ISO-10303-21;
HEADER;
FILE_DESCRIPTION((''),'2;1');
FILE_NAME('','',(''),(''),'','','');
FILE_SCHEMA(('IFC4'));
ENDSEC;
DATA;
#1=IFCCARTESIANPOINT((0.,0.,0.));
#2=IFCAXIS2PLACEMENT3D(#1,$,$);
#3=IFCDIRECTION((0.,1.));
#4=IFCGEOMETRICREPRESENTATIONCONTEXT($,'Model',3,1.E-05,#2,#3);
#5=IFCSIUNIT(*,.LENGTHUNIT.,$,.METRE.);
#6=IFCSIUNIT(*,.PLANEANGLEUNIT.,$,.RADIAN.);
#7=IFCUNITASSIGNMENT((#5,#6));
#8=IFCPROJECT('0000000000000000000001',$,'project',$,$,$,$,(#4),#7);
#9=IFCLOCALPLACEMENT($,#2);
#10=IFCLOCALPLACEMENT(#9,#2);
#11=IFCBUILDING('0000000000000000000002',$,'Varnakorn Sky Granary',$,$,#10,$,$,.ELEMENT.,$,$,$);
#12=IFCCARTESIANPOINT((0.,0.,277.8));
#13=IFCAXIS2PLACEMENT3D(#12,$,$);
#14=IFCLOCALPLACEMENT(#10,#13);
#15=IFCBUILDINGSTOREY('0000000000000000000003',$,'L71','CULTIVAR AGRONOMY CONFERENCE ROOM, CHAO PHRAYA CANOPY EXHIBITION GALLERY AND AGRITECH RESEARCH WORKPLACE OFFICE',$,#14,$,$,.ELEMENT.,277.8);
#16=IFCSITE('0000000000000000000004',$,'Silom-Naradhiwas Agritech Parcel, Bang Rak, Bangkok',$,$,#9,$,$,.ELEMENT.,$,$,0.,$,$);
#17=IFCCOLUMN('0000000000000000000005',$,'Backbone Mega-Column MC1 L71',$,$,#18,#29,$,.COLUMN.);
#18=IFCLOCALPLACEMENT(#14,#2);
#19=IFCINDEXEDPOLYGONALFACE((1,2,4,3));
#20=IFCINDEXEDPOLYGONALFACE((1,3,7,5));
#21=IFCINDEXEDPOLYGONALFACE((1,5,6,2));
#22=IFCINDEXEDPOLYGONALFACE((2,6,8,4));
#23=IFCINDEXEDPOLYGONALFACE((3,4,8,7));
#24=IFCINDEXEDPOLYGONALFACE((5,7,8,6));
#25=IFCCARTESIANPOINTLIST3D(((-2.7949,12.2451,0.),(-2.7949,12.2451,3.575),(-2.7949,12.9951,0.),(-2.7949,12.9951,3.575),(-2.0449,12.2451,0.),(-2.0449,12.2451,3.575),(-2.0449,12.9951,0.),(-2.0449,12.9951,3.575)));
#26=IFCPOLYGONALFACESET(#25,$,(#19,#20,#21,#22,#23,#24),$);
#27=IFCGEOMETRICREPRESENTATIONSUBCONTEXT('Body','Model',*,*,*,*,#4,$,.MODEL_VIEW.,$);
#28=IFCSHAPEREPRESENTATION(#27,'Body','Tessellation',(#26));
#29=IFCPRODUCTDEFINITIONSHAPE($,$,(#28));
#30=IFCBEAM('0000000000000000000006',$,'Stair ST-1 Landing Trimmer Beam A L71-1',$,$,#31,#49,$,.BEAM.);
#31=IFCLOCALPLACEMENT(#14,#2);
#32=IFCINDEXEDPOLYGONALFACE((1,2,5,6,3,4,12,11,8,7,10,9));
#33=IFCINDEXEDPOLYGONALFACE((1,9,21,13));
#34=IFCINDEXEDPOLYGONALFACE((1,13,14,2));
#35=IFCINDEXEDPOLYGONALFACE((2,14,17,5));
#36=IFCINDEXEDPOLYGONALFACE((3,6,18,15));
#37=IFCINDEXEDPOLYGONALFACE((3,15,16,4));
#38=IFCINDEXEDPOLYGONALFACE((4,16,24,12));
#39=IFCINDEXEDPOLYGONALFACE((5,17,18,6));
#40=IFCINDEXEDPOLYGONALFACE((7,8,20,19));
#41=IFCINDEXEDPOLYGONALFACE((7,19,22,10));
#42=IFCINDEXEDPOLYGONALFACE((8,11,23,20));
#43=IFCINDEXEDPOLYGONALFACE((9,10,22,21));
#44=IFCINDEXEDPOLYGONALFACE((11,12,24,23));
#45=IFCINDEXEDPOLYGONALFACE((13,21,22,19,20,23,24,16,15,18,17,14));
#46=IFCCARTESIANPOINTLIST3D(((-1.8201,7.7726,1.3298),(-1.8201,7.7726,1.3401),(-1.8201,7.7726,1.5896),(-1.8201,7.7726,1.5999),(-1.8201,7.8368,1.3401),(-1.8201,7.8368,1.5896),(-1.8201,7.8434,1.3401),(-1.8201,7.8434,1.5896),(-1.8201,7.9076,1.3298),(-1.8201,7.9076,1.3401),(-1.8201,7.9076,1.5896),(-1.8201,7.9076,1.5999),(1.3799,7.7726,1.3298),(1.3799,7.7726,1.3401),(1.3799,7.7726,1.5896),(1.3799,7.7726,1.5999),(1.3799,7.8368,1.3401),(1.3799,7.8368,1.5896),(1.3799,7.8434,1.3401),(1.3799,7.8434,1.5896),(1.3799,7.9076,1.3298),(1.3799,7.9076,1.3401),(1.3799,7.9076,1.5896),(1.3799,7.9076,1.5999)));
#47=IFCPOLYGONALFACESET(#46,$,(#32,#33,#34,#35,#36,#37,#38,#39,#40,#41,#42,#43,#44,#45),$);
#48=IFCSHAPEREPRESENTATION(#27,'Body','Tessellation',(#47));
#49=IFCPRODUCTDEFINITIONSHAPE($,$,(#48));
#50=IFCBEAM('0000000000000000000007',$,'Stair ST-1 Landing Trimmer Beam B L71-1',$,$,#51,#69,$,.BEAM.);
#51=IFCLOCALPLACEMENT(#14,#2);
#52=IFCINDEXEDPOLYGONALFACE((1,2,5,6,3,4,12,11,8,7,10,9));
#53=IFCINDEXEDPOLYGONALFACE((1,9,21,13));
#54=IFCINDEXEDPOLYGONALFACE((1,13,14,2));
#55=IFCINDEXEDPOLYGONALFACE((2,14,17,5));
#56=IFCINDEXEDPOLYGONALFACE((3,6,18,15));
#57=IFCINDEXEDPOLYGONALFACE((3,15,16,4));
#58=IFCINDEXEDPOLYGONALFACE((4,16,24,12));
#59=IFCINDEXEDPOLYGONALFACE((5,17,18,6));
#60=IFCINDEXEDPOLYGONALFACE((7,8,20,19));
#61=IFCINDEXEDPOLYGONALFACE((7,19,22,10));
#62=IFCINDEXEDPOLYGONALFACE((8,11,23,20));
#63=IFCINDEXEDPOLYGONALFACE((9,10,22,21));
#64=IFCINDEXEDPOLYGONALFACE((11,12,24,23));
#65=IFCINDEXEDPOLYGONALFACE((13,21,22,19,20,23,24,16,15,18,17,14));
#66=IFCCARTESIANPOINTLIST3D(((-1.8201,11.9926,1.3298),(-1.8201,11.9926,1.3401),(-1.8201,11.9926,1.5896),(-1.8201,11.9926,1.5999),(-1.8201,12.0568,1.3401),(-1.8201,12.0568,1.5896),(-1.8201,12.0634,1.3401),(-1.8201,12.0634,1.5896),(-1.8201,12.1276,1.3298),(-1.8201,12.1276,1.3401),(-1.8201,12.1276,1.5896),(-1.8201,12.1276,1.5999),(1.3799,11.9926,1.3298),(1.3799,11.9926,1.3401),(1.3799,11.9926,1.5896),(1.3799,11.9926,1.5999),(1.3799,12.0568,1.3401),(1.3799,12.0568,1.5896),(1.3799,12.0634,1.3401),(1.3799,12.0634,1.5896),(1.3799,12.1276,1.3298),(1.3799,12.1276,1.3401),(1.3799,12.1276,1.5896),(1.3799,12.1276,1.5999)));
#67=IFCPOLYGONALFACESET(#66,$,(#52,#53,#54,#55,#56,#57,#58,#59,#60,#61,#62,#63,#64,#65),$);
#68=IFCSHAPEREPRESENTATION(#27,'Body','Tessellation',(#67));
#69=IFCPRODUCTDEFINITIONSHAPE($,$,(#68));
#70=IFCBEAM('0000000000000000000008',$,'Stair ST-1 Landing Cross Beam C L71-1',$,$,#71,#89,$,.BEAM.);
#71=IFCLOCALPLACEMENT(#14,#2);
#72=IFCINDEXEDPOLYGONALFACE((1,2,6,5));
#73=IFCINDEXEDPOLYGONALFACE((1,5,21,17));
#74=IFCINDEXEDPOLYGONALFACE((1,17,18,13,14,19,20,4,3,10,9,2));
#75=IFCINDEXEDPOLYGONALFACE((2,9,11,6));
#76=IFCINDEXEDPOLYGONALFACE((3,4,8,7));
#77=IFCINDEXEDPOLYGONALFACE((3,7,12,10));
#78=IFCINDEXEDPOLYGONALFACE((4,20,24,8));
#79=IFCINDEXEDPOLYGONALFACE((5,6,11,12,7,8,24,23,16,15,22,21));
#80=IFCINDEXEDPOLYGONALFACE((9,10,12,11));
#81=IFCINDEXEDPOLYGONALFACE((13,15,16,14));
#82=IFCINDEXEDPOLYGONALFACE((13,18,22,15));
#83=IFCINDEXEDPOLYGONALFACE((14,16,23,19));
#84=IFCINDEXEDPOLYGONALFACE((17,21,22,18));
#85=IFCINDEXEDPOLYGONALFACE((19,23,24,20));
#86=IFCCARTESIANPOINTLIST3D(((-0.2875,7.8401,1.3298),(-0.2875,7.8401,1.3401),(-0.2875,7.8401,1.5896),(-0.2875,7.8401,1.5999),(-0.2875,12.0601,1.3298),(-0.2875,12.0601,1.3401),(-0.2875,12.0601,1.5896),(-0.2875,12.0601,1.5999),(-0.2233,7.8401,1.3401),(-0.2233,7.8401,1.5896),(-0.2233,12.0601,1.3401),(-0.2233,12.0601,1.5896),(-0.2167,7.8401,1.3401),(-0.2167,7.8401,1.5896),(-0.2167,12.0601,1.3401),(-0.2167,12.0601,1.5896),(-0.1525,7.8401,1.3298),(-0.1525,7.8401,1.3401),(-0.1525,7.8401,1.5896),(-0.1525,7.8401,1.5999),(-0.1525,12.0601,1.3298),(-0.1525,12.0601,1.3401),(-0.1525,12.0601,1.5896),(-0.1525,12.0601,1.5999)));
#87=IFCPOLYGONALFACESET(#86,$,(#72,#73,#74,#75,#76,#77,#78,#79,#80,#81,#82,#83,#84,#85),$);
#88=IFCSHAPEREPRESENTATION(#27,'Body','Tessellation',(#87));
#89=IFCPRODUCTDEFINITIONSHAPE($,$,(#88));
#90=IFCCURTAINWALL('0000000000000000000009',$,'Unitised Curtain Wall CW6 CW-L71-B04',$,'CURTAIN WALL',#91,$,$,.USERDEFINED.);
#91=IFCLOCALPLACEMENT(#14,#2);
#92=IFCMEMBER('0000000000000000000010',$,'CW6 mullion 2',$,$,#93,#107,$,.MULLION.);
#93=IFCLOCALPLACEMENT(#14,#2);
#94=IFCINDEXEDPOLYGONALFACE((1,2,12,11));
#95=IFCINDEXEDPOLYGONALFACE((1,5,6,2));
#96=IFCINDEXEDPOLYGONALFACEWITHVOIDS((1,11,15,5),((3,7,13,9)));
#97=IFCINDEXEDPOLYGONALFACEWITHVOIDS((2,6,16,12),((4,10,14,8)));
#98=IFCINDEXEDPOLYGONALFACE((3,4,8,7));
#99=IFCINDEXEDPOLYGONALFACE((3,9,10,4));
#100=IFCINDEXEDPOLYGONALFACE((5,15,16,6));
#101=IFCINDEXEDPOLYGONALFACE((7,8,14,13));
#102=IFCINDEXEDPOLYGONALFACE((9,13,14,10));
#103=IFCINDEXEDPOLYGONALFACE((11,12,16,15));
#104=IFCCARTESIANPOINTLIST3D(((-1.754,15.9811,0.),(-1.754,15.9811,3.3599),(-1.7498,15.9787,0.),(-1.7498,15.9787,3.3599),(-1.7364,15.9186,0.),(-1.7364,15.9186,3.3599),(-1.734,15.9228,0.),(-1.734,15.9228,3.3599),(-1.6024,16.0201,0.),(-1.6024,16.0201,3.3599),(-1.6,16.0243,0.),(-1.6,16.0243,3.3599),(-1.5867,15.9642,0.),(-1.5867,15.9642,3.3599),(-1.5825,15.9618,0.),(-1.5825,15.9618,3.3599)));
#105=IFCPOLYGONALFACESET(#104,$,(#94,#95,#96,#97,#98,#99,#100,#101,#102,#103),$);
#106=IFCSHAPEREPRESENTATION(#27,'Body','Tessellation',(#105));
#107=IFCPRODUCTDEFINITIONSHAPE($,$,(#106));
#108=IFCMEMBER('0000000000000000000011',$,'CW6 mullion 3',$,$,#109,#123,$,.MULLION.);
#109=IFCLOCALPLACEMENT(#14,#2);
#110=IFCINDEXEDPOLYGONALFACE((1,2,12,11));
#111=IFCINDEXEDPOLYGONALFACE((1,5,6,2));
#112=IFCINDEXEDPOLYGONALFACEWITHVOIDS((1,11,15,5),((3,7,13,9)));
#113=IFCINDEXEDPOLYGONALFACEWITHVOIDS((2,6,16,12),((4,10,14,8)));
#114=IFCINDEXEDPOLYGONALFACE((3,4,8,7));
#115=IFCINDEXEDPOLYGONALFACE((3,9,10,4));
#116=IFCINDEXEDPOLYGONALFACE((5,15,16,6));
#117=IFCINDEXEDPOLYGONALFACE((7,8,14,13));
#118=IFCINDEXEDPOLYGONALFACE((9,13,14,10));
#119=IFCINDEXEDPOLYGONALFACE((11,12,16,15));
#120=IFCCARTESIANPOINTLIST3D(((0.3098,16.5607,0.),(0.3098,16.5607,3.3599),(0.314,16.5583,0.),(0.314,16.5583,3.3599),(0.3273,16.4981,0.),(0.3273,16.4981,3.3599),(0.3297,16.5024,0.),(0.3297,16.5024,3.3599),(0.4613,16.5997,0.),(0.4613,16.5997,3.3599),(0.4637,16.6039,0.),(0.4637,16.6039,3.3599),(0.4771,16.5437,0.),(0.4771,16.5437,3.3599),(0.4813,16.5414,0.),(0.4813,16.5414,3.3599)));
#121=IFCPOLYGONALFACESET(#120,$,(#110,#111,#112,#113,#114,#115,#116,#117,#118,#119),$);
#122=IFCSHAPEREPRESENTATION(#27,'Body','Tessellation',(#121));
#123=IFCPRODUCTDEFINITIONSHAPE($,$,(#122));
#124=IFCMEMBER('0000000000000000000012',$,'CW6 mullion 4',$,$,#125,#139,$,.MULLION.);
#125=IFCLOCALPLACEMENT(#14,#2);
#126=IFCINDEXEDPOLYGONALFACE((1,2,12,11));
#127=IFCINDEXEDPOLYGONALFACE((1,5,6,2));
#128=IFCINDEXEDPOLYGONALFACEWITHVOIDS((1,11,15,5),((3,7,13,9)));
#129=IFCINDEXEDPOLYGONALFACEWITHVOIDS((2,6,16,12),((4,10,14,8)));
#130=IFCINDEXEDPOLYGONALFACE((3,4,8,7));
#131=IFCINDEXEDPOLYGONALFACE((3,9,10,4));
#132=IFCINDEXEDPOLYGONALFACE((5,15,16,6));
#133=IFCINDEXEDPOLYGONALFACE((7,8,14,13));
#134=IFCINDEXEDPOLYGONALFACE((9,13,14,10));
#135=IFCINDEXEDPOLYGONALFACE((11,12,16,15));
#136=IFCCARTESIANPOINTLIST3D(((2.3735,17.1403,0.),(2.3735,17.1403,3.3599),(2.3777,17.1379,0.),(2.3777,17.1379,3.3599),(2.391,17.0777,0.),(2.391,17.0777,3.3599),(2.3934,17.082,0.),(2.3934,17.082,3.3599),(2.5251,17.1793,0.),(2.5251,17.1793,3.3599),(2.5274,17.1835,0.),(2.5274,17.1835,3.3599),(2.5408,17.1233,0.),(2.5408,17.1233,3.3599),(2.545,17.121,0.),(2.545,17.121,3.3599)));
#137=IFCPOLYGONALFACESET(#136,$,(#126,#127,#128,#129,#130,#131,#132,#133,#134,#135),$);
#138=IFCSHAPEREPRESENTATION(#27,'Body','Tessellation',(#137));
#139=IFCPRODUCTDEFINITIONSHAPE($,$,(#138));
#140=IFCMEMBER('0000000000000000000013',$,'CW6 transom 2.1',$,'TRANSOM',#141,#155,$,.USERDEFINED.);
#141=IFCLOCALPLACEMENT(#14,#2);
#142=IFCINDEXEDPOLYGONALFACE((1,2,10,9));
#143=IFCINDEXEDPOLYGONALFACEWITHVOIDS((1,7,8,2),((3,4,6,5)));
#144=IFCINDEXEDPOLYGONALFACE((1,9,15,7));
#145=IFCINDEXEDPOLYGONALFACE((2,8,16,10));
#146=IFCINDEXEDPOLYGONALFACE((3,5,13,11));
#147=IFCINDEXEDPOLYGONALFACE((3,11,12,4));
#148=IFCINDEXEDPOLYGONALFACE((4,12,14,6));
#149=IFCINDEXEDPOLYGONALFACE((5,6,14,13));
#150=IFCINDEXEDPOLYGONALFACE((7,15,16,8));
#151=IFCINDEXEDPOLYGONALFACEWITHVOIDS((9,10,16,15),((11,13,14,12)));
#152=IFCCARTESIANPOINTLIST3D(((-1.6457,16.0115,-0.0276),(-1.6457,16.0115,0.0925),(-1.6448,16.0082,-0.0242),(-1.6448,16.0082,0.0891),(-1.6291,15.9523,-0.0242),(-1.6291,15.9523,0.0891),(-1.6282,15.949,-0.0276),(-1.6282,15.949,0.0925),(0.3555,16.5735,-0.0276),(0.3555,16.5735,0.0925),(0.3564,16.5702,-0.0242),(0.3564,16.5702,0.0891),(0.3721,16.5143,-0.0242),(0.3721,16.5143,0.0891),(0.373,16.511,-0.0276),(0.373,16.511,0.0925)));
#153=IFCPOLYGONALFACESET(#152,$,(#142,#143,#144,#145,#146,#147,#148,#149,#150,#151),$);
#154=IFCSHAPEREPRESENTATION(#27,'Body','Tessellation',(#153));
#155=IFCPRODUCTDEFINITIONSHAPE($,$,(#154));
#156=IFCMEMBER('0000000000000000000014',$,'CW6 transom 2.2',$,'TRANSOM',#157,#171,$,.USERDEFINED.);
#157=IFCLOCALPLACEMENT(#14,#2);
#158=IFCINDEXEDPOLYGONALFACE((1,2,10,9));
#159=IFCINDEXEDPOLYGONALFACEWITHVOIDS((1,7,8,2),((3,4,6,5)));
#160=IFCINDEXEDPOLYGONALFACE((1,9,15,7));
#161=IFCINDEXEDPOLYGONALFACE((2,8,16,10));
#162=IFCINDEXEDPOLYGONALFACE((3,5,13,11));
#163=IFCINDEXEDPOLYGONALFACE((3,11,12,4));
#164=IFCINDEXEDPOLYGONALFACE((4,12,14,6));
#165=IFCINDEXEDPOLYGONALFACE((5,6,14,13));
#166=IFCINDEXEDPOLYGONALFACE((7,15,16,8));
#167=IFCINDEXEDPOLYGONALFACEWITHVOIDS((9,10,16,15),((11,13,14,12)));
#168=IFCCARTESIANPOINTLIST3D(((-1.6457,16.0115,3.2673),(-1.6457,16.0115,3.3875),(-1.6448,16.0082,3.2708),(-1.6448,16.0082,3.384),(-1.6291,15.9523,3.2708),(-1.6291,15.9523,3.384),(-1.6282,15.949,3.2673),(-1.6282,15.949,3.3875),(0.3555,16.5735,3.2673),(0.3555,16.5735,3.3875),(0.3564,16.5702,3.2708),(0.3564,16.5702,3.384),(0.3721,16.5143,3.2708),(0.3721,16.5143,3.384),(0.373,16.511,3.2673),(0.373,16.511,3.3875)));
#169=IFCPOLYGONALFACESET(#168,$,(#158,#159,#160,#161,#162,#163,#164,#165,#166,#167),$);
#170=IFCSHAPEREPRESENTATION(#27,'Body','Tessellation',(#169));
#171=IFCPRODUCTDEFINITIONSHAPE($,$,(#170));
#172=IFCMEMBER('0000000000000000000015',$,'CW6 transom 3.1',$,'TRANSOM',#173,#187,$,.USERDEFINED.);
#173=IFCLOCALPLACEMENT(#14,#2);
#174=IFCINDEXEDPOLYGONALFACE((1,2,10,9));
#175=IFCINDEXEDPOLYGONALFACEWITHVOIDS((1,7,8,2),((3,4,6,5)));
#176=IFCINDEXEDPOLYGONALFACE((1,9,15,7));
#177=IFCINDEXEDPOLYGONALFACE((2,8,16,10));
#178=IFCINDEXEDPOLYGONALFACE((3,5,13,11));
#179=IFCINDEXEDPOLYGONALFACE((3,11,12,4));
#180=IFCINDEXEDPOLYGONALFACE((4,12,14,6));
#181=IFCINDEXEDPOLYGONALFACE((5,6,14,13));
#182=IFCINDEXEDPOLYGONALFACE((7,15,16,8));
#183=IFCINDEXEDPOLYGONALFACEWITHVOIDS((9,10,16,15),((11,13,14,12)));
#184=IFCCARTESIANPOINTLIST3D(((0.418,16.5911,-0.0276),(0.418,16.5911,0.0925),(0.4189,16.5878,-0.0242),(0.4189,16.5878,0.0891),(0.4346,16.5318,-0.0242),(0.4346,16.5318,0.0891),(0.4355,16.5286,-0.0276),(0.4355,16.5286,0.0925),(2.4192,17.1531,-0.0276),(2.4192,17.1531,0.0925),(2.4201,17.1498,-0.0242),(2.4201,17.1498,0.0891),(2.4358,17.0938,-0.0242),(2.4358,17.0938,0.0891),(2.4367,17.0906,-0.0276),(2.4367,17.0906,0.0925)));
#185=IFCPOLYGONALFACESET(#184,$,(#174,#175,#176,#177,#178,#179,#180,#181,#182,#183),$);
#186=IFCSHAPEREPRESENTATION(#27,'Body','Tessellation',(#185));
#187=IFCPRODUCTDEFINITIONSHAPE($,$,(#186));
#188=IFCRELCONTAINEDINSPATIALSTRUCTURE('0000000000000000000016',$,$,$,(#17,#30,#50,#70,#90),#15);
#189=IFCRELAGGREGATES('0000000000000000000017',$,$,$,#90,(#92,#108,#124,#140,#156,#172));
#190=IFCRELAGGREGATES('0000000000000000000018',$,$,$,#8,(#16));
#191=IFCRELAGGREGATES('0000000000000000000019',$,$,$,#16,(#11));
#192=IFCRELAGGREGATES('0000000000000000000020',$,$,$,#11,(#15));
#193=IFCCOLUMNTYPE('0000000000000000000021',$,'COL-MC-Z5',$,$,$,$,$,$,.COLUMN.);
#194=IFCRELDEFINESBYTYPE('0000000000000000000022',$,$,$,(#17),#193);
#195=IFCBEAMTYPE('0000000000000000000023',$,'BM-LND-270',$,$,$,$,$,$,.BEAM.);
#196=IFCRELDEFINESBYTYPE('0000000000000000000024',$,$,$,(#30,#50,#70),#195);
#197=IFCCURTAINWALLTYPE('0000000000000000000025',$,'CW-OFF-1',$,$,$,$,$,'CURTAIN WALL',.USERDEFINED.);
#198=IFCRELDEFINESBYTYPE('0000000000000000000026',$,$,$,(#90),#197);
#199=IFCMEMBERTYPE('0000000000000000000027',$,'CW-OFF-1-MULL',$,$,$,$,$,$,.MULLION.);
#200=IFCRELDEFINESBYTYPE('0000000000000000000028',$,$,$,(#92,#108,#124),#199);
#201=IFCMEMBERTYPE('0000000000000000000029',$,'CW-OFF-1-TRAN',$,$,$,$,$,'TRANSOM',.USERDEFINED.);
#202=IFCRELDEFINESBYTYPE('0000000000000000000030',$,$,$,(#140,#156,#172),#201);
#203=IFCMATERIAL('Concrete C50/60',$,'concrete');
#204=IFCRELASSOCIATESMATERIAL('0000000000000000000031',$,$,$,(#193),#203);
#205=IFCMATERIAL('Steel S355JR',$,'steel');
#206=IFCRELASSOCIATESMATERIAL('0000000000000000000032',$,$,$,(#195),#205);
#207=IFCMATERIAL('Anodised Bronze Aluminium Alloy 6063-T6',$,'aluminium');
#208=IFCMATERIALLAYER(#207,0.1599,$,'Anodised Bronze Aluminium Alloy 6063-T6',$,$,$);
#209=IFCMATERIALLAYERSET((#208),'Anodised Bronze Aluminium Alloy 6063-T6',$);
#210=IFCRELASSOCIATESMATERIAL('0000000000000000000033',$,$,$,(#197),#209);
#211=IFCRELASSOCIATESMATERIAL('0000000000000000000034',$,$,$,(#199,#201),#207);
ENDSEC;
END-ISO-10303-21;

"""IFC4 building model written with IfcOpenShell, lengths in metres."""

from ifc_helpers import new_model, si_unit, direction, frame, origin, origin_2d, place, context, subcontext, project, spatial, rectangle, hollow_rectangle, i_section, extrude, material, layer, layer_set, material_profile, profile_set, type_object, element, aggregate, save


model = new_model("IFC4")

# Units and contexts
model_context = context("Model", 3, precision=1e-05, world=origin(), true_north=direction((0.0, 1.0)))
body_context = subcontext(model_context, "Body", "Model", "MODEL_VIEW")
ifc_project = project(units=[si_unit("LENGTHUNIT", "METRE"), si_unit("PLANEANGLEUNIT", "RADIAN")], contexts=[model_context])

# Site, building, storey
site_placement = place(None, origin())
site = spatial("IfcSite", under=ifc_project, at=site_placement, Name="Silom-Naradhiwas Agritech Parcel, Bang Rak, Bangkok", CompositionType="ELEMENT", RefElevation=0.0)
building_placement = place(site_placement, origin())
building = spatial("IfcBuilding", under=site, at=building_placement, Name="Varnakorn Sky Granary", CompositionType="ELEMENT")
storey_placement = place(building_placement, frame((0.0, 0.0, 277.8)))
storey = spatial("IfcBuildingStorey", under=building, at=storey_placement, Name="L71", Description="CULTIVAR AGRONOMY CONFERENCE ROOM, CHAO PHRAYA CANOPY EXHIBITION GALLERY AND AGRITECH RESEARCH WORKPLACE OFFICE", CompositionType="ELEMENT", Elevation=277.8)

# Column
ifc_material_1 = material(Name="Concrete C50/60", Category="concrete")
ifc_material_profile_1 = material_profile(ifc_material_1, rectangle(XDim=0.75, YDim=0.75, at=origin_2d()), Name="RC 750x750")
ifc_profile_set_1 = profile_set([ifc_material_profile_1], Name="Concrete C50/60")
column_type = type_object("IfcColumnType", Name="COL-MC-Z5", PredefinedType="COLUMN", material=ifc_profile_set_1)
column_placement = place(storey_placement, frame((-2.4199, 12.6201, 0.0), z_axis=(0.0, 0.0, 1.0), x_axis=(1.0, 0.0, 0.0)))
element("IfcColumn", 1, at=column_placement, inside=storey, type_object=column_type, Name="Backbone Mega-Column MC1 L71", PredefinedType="COLUMN", context=body_context, shape_type="SweptSolid", body=[
    extrude(rectangle(XDim=0.75, YDim=0.75, at=origin_2d()), origin(), (0.0, 0.0, 1.0), 3.575),
])

# Beams
ifc_material_2 = material(Name="Steel S355JR", Category="steel")
ifc_material_profile_2 = material_profile(ifc_material_2, i_section(OverallWidth=0.135, OverallDepth=0.27, WebThickness=0.0066, FlangeThickness=0.0103, at=origin_2d()), Name="IPE 270")
ifc_profile_set_2 = profile_set([ifc_material_profile_2], Name="Steel S355JR")
beam_type = type_object("IfcBeamType", Name="BM-LND-270", PredefinedType="BEAM", material=ifc_profile_set_2)
for number, where, z_axis, x_axis, name in (
    (2, (-1.8201, 7.8401, 1.4648), (1.0, 0.0, 0.0), (0.0, 1.0, 0.0), "Stair ST-1 Landing Trimmer Beam A L71-1"),
    (3, (-1.8201, 12.0601, 1.4648), (1.0, 0.0, 0.0), (0.0, 1.0, 0.0), "Stair ST-1 Landing Trimmer Beam B L71-1"),
):
    element("IfcBeam", number, at=place(storey_placement, frame(where, z_axis=z_axis, x_axis=x_axis)), inside=storey, type_object=beam_type, Name=name, PredefinedType="BEAM", context=body_context, shape_type="SweptSolid", body=[
        extrude(i_section(OverallWidth=0.135, OverallDepth=0.27, WebThickness=0.0066, FlangeThickness=0.0103, at=origin_2d()), origin(), (0.0, 0.0, 1.0), 3.2),
    ])
beam_placement = place(storey_placement, frame((-0.22, 7.8401, 1.4648), z_axis=(0.0, 1.0, 0.0), x_axis=(-1.0, 0.0, 0.0)))
element("IfcBeam", 4, at=beam_placement, inside=storey, type_object=beam_type, Name="Stair ST-1 Landing Cross Beam C L71-1", PredefinedType="BEAM", context=body_context, shape_type="SweptSolid", body=[
    extrude(i_section(OverallWidth=0.135, OverallDepth=0.27, WebThickness=0.0066, FlangeThickness=0.0103, at=origin_2d()), origin(), (0.0, 0.0, 1.0), 4.22),
])

# Curtain wall, members
ifc_material_3 = material(Name="Anodised Bronze Aluminium Alloy 6063-T6", Category="aluminium")
ifc_layer_1 = layer(ifc_material_3, 0.1599, Name="Anodised Bronze Aluminium Alloy 6063-T6")
ifc_layer_set_1 = layer_set([ifc_layer_1], Name="Anodised Bronze Aluminium Alloy 6063-T6")
curtain_wall_type = type_object("IfcCurtainWallType", Name="CW-OFF-1", ElementType="CURTAIN WALL", PredefinedType="USERDEFINED", material=ifc_layer_set_1)
curtain_wall_placement = place(storey_placement, origin())
curtain_wall = element("IfcCurtainWall", 5, at=curtain_wall_placement, inside=storey, type_object=curtain_wall_type, Name="Unitised Curtain Wall CW6 CW-L71-B04", ObjectType="CURTAIN WALL", PredefinedType="USERDEFINED")
ifc_material_profile_3 = material_profile(ifc_material_3, hollow_rectangle(XDim=0.0649, YDim=0.1599, WallThickness=0.0034, at=origin_2d()), Name="ALU MULL 65x160")
ifc_profile_set_3 = profile_set([ifc_material_profile_3], Name="Anodised Bronze Aluminium Alloy 6063-T6")
member_type_1 = type_object("IfcMemberType", Name="CW-OFF-1-MULL", PredefinedType="MULLION", material=ifc_profile_set_3)
member_1_placement = place(storey_placement, frame((-1.6682, 15.9714, 0.0), z_axis=(0.0, 0.0, 1.0), x_axis=(-0.27037, 0.962756, 0.0)))
member_1 = element("IfcMember", 6, at=member_1_placement, type_object=member_type_1, Name="CW6 mullion 2", PredefinedType="MULLION", context=body_context, shape_type="SweptSolid", body=[
    extrude(hollow_rectangle(XDim=0.0649, YDim=0.1599, WallThickness=0.0034, at=origin_2d()), origin(), (0.0, 0.0, 1.0), 3.3599),
])
member_2_placement = place(storey_placement, frame((0.3955, 16.551, 0.0), z_axis=(0.0, 0.0, 1.0), x_axis=(-0.27037, 0.962756, 0.0)))
member_2 = element("IfcMember", 7, at=member_2_placement, type_object=member_type_1, Name="CW6 mullion 3", PredefinedType="MULLION", context=body_context, shape_type="SweptSolid", body=[
    extrude(hollow_rectangle(XDim=0.0649, YDim=0.1599, WallThickness=0.0034, at=origin_2d()), origin(), (0.0, 0.0, 1.0), 3.3599),
])
member_3_placement = place(storey_placement, frame((2.4592, 17.1306, 0.0), z_axis=(0.0, 0.0, 1.0), x_axis=(-0.27037, 0.962756, 0.0)))
member_3 = element("IfcMember", 8, at=member_3_placement, type_object=member_type_1, Name="CW6 mullion 4", PredefinedType="MULLION", context=body_context, shape_type="SweptSolid", body=[
    extrude(hollow_rectangle(XDim=0.0649, YDim=0.1599, WallThickness=0.0034, at=origin_2d()), origin(), (0.0, 0.0, 1.0), 3.3599),
])
ifc_material_profile_4 = material_profile(ifc_material_3, hollow_rectangle(XDim=0.0649, YDim=0.1201, WallThickness=0.0034, at=origin_2d()), Name="ALU TRAN 65x120")
ifc_profile_set_4 = profile_set([ifc_material_profile_4], Name="Anodised Bronze Aluminium Alloy 6063-T6")
member_type_2 = type_object("IfcMemberType", Name="CW-OFF-1-TRAN", ElementType="TRANSOM", PredefinedType="USERDEFINED", material=ifc_profile_set_4)
member_4_placement = place(storey_placement, frame((-1.637, 15.9802, 0.0325), z_axis=(0.962755, 0.270375, 0.0), x_axis=(-0.270375, 0.962755, 0.0)))
member_4 = element("IfcMember", 9, at=member_4_placement, type_object=member_type_2, Name="CW6 transom 2.1", ObjectType="TRANSOM", PredefinedType="USERDEFINED", context=body_context, shape_type="SweptSolid", body=[
    extrude(hollow_rectangle(XDim=0.0649, YDim=0.1201, WallThickness=0.0034, at=origin_2d()), origin(), (0.0, 0.0, 1.0), 2.0786),
])
member_5_placement = place(storey_placement, frame((-1.637, 15.9802, 3.3274), z_axis=(0.962755, 0.270375, 0.0), x_axis=(-0.270375, 0.962755, 0.0)))
member_5 = element("IfcMember", 10, at=member_5_placement, type_object=member_type_2, Name="CW6 transom 2.2", ObjectType="TRANSOM", PredefinedType="USERDEFINED", context=body_context, shape_type="SweptSolid", body=[
    extrude(hollow_rectangle(XDim=0.0649, YDim=0.1201, WallThickness=0.0034, at=origin_2d()), origin(), (0.0, 0.0, 1.0), 2.0786),
])
member_6_placement = place(storey_placement, frame((0.4268, 16.5598, 0.0325), z_axis=(0.962755, 0.270375, 0.0), x_axis=(-0.270375, 0.962755, 0.0)))
member_6 = element("IfcMember", 11, at=member_6_placement, type_object=member_type_2, Name="CW6 transom 3.1", ObjectType="TRANSOM", PredefinedType="USERDEFINED", context=body_context, shape_type="SweptSolid", body=[
    extrude(hollow_rectangle(XDim=0.0649, YDim=0.1201, WallThickness=0.0034, at=origin_2d()), origin(), (0.0, 0.0, 1.0), 2.0786),
])

aggregate(curtain_wall, [member_1, member_2, member_3, member_4, member_5, member_6])

save(model, "model.ifc")
